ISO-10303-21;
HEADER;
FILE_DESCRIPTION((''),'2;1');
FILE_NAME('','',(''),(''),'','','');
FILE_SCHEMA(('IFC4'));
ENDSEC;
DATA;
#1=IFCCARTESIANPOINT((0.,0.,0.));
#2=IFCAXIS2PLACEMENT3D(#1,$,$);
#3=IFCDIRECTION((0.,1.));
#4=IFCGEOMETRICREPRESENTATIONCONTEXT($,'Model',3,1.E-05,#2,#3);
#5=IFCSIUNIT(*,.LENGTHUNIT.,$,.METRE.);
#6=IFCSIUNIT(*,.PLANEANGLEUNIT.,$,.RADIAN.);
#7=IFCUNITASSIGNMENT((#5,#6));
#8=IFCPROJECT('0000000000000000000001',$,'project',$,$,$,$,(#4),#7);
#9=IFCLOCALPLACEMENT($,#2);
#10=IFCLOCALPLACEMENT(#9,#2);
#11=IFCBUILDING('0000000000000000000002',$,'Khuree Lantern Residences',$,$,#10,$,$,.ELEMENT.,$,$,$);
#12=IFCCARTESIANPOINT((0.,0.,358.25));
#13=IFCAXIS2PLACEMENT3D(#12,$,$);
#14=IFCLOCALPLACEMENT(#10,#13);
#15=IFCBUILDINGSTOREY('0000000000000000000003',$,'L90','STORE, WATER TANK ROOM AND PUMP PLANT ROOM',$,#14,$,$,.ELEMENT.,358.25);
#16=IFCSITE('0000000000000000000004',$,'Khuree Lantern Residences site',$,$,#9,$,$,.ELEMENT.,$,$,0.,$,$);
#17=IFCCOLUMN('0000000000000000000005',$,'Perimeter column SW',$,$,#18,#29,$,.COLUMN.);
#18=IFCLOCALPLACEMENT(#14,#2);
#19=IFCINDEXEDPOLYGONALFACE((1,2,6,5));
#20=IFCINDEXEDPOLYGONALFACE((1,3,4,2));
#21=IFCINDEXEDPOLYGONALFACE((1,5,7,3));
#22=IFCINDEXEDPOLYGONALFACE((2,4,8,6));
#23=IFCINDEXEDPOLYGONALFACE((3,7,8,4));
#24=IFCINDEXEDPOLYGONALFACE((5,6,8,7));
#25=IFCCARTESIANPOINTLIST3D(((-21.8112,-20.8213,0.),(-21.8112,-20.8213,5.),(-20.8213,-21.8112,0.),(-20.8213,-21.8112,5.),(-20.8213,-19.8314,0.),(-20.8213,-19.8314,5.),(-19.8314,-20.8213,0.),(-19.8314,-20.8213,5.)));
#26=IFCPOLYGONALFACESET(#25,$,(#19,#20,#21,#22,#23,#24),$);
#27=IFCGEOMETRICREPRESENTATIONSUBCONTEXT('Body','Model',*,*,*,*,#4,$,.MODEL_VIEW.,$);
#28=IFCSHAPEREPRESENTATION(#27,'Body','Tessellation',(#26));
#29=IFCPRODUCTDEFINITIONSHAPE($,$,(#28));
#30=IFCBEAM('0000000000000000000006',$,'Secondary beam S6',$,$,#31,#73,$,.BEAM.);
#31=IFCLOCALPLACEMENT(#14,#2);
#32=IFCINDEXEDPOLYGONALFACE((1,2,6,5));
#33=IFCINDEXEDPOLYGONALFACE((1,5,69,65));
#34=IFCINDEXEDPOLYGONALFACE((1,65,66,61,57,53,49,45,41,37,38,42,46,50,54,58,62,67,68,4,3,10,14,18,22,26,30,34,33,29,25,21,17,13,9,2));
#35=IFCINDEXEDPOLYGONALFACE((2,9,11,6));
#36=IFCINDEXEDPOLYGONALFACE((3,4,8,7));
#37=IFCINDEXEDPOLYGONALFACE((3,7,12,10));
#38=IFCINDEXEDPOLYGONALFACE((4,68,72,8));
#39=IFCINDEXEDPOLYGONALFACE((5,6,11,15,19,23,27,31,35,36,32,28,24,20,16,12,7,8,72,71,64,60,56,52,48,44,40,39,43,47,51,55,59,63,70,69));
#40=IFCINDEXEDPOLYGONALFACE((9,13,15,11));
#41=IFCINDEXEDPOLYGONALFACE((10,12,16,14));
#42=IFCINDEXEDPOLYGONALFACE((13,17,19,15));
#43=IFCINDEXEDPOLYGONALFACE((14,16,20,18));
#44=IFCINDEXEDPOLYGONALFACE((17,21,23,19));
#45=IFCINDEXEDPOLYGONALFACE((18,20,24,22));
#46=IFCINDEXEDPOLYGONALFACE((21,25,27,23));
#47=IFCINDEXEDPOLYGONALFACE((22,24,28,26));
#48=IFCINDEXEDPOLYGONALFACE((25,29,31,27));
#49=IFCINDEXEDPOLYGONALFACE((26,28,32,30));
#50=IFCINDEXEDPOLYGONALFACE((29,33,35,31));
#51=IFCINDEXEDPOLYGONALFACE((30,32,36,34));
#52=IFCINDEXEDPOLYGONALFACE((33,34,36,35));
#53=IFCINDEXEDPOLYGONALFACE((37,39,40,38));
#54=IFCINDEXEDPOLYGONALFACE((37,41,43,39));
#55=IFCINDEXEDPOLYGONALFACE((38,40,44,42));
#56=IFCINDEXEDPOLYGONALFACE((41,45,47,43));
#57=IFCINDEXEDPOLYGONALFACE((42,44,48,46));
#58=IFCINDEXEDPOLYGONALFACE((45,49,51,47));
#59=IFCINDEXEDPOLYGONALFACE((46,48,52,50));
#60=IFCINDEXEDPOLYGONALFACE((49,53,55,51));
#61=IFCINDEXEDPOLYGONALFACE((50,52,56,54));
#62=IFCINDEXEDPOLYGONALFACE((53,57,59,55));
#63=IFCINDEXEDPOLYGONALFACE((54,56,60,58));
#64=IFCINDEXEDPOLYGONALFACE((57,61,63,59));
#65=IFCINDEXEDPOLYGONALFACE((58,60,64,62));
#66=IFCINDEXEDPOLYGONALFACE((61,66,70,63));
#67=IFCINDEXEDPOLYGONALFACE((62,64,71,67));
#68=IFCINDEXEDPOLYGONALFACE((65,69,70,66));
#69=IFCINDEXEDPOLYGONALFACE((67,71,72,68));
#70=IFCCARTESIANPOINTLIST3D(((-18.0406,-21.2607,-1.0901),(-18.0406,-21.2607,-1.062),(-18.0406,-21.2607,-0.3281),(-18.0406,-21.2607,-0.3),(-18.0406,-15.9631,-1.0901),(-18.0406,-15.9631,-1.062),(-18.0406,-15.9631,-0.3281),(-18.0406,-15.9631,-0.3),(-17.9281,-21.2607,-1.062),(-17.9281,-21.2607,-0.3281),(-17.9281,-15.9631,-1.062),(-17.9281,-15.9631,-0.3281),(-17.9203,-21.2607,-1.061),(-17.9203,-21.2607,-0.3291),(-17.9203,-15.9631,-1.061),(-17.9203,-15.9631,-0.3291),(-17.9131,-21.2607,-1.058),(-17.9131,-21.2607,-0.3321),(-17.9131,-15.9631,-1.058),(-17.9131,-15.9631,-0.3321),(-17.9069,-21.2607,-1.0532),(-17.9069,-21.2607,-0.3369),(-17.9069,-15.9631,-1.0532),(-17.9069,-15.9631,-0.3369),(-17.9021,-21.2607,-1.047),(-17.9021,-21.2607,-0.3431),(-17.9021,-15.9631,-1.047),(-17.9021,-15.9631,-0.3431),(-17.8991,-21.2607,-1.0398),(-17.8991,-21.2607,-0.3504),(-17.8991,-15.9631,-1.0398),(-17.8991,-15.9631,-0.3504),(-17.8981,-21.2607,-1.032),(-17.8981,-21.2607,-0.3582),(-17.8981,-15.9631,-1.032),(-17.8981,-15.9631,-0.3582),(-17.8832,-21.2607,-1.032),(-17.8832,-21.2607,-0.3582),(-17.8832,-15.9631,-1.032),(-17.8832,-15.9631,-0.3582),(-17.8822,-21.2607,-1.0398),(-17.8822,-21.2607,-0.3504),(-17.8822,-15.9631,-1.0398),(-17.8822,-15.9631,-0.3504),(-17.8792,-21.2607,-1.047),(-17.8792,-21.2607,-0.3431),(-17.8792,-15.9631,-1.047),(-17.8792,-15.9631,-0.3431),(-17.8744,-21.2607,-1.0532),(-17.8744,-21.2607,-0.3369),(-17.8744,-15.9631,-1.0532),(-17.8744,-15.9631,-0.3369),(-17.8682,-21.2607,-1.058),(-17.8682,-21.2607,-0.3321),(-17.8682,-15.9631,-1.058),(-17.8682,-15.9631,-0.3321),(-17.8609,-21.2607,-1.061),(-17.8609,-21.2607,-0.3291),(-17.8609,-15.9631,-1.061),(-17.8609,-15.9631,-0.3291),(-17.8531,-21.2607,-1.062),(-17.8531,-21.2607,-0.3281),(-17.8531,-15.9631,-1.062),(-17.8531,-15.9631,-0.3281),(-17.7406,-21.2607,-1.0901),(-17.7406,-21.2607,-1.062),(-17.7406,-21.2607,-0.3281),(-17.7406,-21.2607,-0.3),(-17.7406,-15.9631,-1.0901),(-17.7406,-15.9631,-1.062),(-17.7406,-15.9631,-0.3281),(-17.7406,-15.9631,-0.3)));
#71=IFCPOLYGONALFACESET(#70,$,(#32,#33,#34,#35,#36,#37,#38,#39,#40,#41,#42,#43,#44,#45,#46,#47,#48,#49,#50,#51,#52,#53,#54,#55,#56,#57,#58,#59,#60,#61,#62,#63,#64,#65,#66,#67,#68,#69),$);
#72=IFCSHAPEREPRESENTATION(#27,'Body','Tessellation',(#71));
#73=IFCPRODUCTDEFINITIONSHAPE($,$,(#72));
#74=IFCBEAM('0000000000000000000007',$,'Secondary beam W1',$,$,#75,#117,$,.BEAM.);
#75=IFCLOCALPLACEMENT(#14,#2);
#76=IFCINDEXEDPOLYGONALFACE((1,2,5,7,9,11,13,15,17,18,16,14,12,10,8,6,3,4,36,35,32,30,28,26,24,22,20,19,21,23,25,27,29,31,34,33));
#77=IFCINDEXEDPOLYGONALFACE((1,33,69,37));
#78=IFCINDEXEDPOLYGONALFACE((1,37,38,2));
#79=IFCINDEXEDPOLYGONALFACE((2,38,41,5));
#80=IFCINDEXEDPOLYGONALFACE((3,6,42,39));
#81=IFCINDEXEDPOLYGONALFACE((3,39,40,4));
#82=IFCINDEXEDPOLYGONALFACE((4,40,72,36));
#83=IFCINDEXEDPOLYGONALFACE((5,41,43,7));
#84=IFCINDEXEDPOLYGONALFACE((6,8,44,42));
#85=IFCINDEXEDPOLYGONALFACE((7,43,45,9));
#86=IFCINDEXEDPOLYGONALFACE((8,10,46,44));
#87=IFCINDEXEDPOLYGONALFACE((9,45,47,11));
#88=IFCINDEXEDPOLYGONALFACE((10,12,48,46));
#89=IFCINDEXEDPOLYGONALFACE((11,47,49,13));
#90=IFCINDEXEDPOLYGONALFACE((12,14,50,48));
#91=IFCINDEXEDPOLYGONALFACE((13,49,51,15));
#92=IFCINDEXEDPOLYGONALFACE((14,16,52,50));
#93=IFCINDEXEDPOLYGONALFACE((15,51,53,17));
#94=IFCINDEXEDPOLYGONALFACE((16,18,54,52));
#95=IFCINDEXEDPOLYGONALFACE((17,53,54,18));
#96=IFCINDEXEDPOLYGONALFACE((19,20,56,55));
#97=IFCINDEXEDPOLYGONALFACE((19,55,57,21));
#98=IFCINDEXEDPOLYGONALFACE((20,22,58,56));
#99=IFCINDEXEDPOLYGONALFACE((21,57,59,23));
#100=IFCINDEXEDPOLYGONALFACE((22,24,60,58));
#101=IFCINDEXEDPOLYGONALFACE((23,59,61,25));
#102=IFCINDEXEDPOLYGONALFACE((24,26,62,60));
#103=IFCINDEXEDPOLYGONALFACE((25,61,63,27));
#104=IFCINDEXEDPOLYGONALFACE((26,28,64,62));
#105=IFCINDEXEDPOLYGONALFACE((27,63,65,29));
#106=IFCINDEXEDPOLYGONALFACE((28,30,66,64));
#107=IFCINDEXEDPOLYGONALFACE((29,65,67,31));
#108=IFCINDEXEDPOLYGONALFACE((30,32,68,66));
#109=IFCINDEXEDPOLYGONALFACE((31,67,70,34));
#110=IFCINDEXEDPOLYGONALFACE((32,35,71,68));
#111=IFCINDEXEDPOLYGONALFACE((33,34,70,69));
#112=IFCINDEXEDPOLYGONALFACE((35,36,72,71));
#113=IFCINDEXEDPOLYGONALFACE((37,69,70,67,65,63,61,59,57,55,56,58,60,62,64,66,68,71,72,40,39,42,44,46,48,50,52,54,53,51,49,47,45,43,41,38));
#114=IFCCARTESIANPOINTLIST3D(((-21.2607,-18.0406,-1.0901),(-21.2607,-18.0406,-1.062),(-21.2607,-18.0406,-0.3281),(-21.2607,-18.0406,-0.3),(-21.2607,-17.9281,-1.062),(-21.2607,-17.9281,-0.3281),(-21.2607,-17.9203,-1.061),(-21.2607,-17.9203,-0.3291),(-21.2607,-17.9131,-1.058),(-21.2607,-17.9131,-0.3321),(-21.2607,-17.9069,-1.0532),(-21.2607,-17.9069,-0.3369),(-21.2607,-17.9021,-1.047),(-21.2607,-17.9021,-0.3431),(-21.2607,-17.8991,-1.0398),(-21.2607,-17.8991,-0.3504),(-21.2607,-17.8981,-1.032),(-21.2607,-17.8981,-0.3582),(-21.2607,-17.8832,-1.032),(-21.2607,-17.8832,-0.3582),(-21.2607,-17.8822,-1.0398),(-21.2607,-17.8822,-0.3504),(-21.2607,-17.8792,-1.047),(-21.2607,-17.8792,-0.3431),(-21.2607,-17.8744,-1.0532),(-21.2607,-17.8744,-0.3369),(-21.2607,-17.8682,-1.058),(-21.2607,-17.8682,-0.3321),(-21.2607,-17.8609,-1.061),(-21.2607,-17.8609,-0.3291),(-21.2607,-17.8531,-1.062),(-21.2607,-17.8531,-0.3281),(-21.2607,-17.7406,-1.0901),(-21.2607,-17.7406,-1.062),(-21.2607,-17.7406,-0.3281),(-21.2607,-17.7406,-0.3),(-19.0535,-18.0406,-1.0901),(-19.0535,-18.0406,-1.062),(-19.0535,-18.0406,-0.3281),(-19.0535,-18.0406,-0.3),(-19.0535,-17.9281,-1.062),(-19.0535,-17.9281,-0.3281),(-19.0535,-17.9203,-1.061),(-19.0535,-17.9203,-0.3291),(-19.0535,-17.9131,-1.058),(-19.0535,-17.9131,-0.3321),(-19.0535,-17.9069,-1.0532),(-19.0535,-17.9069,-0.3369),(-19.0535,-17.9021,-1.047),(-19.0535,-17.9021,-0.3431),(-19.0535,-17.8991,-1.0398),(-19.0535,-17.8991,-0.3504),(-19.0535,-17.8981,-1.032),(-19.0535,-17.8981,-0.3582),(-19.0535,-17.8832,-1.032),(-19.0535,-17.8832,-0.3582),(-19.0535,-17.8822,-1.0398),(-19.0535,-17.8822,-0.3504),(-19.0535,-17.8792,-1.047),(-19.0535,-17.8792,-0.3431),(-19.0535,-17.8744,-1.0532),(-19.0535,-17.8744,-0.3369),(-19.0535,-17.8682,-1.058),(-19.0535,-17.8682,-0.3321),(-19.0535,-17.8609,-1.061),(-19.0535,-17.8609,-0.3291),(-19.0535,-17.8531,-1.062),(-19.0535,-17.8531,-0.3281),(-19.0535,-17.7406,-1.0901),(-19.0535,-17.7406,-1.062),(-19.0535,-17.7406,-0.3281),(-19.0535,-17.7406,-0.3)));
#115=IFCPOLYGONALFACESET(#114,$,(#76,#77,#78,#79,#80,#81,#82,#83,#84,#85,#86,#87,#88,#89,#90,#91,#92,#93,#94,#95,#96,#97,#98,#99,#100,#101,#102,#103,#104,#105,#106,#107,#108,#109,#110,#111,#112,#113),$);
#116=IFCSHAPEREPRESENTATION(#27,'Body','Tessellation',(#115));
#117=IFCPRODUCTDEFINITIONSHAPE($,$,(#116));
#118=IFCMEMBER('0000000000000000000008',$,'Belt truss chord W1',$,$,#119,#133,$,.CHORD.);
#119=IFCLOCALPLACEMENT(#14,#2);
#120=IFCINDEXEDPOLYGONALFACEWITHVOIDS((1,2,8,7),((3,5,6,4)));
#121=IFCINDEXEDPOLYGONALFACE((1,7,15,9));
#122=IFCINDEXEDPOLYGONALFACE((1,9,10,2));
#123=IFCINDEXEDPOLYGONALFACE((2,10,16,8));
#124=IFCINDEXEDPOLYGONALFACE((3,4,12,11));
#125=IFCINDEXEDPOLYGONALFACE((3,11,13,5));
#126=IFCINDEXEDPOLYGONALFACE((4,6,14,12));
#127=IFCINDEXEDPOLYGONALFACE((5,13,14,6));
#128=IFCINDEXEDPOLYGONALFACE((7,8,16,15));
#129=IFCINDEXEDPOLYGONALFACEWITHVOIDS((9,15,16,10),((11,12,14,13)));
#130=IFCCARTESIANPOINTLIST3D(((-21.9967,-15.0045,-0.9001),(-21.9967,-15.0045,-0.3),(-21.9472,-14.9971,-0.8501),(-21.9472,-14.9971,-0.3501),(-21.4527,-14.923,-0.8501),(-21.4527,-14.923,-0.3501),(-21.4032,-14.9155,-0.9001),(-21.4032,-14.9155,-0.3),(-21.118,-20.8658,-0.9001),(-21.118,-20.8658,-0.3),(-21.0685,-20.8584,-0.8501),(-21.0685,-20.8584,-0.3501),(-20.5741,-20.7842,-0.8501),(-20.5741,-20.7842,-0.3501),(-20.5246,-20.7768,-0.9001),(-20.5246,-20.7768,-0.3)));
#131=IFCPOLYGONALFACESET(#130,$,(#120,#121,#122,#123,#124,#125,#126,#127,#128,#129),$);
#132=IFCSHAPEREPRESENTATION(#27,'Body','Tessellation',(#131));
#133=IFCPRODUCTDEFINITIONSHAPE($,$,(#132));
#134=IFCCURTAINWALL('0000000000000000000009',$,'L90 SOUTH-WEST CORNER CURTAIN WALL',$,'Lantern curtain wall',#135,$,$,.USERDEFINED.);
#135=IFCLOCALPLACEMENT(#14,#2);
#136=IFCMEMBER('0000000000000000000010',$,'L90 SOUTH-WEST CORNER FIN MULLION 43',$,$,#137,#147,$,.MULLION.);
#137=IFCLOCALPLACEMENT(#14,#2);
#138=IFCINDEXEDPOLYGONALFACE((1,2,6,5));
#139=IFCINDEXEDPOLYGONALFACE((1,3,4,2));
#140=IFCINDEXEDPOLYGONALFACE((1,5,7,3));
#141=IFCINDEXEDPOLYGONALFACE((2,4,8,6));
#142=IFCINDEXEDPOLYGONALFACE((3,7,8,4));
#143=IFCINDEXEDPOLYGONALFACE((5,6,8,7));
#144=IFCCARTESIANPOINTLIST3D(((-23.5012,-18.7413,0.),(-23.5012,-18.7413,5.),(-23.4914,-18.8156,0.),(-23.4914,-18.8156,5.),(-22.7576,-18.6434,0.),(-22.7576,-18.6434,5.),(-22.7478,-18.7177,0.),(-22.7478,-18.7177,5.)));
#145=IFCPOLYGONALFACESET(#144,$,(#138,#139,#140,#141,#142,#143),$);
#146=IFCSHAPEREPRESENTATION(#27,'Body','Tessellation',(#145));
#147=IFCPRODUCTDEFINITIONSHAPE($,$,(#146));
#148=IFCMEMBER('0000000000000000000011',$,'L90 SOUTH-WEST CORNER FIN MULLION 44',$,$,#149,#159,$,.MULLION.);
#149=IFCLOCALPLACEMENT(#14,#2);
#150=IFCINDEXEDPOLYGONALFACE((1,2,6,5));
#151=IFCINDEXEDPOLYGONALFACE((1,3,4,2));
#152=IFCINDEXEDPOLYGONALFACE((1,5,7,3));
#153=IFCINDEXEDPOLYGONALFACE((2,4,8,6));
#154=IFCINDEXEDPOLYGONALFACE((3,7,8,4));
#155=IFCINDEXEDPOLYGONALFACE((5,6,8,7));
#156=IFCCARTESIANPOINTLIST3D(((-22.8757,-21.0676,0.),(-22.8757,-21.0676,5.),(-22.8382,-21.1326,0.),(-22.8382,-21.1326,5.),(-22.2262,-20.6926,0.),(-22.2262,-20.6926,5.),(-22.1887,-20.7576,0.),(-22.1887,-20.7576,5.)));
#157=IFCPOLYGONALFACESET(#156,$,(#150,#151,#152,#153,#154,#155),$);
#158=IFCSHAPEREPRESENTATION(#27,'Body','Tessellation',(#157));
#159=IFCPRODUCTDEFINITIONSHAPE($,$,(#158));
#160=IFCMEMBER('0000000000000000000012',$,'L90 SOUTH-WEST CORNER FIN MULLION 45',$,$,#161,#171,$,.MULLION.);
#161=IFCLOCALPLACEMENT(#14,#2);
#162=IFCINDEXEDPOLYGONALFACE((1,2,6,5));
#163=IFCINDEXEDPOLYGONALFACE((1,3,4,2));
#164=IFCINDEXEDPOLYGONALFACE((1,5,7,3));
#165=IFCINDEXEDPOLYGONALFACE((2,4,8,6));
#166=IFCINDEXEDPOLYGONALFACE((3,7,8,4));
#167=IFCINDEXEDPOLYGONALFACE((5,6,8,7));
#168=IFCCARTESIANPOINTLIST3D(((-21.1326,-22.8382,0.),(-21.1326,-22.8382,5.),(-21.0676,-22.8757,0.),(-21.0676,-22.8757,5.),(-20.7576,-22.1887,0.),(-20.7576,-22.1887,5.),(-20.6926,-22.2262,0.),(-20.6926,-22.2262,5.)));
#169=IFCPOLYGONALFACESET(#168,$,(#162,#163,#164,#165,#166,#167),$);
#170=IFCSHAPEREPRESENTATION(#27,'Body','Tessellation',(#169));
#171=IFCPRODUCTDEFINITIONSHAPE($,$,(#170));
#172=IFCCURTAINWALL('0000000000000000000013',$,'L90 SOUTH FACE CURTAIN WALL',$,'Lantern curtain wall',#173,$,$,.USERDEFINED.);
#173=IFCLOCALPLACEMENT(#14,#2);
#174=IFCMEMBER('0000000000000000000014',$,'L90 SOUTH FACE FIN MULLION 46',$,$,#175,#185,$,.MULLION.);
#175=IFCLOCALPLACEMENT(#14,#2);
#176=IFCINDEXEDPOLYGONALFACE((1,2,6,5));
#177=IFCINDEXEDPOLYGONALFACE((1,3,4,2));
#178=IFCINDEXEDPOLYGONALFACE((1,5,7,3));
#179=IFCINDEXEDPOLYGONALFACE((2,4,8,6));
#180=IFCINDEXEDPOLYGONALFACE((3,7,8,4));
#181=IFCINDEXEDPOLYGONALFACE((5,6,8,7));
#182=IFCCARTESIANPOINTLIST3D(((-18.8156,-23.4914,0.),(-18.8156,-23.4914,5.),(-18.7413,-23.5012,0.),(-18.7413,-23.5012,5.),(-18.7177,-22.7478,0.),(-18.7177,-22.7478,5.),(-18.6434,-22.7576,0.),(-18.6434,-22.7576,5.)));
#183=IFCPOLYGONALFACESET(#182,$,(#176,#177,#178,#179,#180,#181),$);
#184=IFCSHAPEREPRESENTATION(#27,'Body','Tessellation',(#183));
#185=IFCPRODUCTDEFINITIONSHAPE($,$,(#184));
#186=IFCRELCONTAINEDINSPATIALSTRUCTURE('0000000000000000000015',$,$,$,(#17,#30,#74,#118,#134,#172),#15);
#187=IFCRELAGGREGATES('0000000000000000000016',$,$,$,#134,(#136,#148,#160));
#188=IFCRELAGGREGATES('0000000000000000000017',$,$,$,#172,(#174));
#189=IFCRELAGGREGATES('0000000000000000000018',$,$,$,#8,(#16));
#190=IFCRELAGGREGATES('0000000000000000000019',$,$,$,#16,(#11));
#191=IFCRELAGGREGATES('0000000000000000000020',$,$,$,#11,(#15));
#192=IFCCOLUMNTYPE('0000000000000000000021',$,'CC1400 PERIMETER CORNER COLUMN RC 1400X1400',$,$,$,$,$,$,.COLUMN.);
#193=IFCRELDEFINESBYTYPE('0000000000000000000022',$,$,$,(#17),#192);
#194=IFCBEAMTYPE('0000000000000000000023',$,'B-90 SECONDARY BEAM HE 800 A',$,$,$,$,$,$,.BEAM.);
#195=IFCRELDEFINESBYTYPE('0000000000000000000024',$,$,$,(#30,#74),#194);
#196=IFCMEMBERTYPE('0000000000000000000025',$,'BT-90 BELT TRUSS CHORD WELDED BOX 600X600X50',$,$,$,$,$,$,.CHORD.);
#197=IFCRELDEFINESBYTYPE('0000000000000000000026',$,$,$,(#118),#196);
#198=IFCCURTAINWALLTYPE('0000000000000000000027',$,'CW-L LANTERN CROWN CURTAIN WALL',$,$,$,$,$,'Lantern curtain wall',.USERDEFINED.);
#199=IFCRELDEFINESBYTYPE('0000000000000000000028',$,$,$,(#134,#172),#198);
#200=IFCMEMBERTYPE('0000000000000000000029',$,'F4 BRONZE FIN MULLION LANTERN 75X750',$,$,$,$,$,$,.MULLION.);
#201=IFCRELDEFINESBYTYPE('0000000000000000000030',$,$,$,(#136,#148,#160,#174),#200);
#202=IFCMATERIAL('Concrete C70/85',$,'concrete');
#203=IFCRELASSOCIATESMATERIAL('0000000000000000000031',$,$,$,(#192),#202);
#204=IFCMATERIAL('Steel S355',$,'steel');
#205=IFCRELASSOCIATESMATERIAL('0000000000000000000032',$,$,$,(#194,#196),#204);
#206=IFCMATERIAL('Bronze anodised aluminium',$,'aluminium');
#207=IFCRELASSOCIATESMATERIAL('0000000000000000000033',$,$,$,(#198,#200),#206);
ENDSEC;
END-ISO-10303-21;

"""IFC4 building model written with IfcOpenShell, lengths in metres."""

from ifc_helpers import new_model, si_unit, direction, frame, origin, origin_2d, place, context, subcontext, project, spatial, rectangle, hollow_rectangle, i_section, extrude, material, material_profile, profile_set, type_object, element, aggregate, save


model = new_model("IFC4")

# Units and contexts
model_context = context("Model", 3, precision=1e-05, world=origin(), true_north=direction((0.0, 1.0)))
body_context = subcontext(model_context, "Body", "Model", "MODEL_VIEW")
ifc_project = project(units=[si_unit("LENGTHUNIT", "METRE"), si_unit("PLANEANGLEUNIT", "RADIAN")], contexts=[model_context])

# Site, building, storey
site_placement = place(None, origin())
site = spatial("IfcSite", under=ifc_project, at=site_placement, Name="Khuree Lantern Residences site", CompositionType="ELEMENT", RefElevation=0.0)
building_placement = place(site_placement, origin())
building = spatial("IfcBuilding", under=site, at=building_placement, Name="Khuree Lantern Residences", CompositionType="ELEMENT")
storey_placement = place(building_placement, frame((0.0, 0.0, 358.25)))
storey = spatial("IfcBuildingStorey", under=building, at=storey_placement, Name="L90", Description="STORE, WATER TANK ROOM AND PUMP PLANT ROOM", CompositionType="ELEMENT", Elevation=358.25)

# Column
ifc_material_1 = material(Name="Concrete C70/85", Category="concrete")
ifc_material_profile_1 = material_profile(ifc_material_1, rectangle(XDim=1.3999, YDim=1.3999, at=origin_2d()), Name="RC 1400X1400")
ifc_profile_set_1 = profile_set([ifc_material_profile_1], Name="Concrete C70/85")
column_type = type_object("IfcColumnType", Name="CC1400 PERIMETER CORNER COLUMN RC 1400X1400", PredefinedType="COLUMN", material=ifc_profile_set_1)
column_placement = place(storey_placement, frame((-20.8213, -20.8213, 0.0), z_axis=(0.0, 0.0, 1.0), x_axis=(0.707107, -0.707107, 0.0)))
element("IfcColumn", 1, at=column_placement, inside=storey, type_object=column_type, Name="Perimeter column SW", PredefinedType="COLUMN", context=body_context, shape_type="SweptSolid", body=[
    extrude(rectangle(XDim=1.3999, YDim=1.3999, at=origin_2d()), origin(), (0.0, 0.0, 1.0), 5.0),
])

# Beams
ifc_material_2 = material(Name="Steel S355", Category="steel")
ifc_material_profile_2 = material_profile(ifc_material_2, i_section(OverallWidth=0.3, OverallDepth=0.79, WebThickness=0.0149, FlangeThickness=0.0281, FilletRadius=0.03, at=origin_2d()), Name="HE 800 A")
ifc_profile_set_2 = profile_set([ifc_material_profile_2], Name="Steel S355")
beam_type = type_object("IfcBeamType", Name="B-90 SECONDARY BEAM HE 800 A", PredefinedType="BEAM", material=ifc_profile_set_2)
beam_1_placement = place(storey_placement, frame((-17.8906, -21.2607, -0.6951), z_axis=(0.0, 1.0, 0.0), x_axis=(-1.0, 0.0, 0.0)))
element("IfcBeam", 2, at=beam_1_placement, inside=storey, type_object=beam_type, Name="Secondary beam S6", PredefinedType="BEAM", context=body_context, shape_type="SweptSolid", body=[
    extrude(i_section(OverallWidth=0.3, OverallDepth=0.79, WebThickness=0.0149, FlangeThickness=0.0281, FilletRadius=0.03, at=origin_2d()), origin(), (0.0, 0.0, 1.0), 5.2976),
])
beam_2_placement = place(storey_placement, frame((-21.2607, -17.8906, -0.6951), z_axis=(1.0, 0.0, 0.0), x_axis=(0.0, 1.0, 0.0)))
element("IfcBeam", 3, at=beam_2_placement, inside=storey, type_object=beam_type, Name="Secondary beam W1", PredefinedType="BEAM", context=body_context, shape_type="SweptSolid", body=[
    extrude(i_section(OverallWidth=0.3, OverallDepth=0.79, WebThickness=0.0149, FlangeThickness=0.0281, FilletRadius=0.03, at=origin_2d()), origin(), (0.0, 0.0, 1.0), 2.2073),
])

# Member
ifc_material_profile_3 = material_profile(ifc_material_2, hollow_rectangle(XDim=0.6001, YDim=0.6001, WallThickness=0.05, at=origin_2d()), Name="WELDED BOX 600X600X50")
ifc_profile_set_3 = profile_set([ifc_material_profile_3], Name="Steel S355")
member_type_1 = type_object("IfcMemberType", Name="BT-90 BELT TRUSS CHORD WELDED BOX 600X600X50", PredefinedType="CHORD", material=ifc_profile_set_3)
member_1_placement = place(storey_placement, frame((-20.8213, -20.8213, -0.6001), z_axis=(-0.148252, 0.98895, 0.0), x_axis=(-0.98895, -0.148252, 0.0)))
element("IfcMember", 4, at=member_1_placement, inside=storey, type_object=member_type_1, Name="Belt truss chord W1", PredefinedType="CHORD", context=body_context, shape_type="SweptSolid", body=[
    extrude(hollow_rectangle(XDim=0.6001, YDim=0.6001, WallThickness=0.05, at=origin_2d()), origin(), (0.0, 0.0, 1.0), 5.9268),
])

# Curtain wall, members
ifc_material_3 = material(Name="Bronze anodised aluminium", Category="aluminium")
curtain_wall_type = type_object("IfcCurtainWallType", Name="CW-L LANTERN CROWN CURTAIN WALL", ElementType="Lantern curtain wall", PredefinedType="USERDEFINED", material=ifc_material_3)
curtain_wall_1_placement = place(storey_placement, origin())
curtain_wall_1 = element("IfcCurtainWall", 5, at=curtain_wall_1_placement, inside=storey, type_object=curtain_wall_type, Name="L90 SOUTH-WEST CORNER CURTAIN WALL", ObjectType="Lantern curtain wall", PredefinedType="USERDEFINED")
ifc_material_profile_4 = material_profile(ifc_material_3, rectangle(XDim=0.075, YDim=0.75, at=origin_2d()), Name="F4 75X750")
ifc_profile_set_4 = profile_set([ifc_material_profile_4], Name="Bronze anodised aluminium")
member_type_2 = type_object("IfcMemberType", Name="F4 BRONZE FIN MULLION LANTERN 75X750", PredefinedType="MULLION", material=ifc_profile_set_4)
member_2_placement = place(storey_placement, frame((-23.1245, -18.7295, 0.0), z_axis=(0.0, 0.0, 1.0), x_axis=(0.130526, -0.991445, 0.0)))
member_2 = element("IfcMember", 6, at=member_2_placement, type_object=member_type_2, Name="L90 SOUTH-WEST CORNER FIN MULLION 43", PredefinedType="MULLION", context=body_context, shape_type="SweptSolid", body=[
    extrude(rectangle(XDim=0.075, YDim=0.75, at=origin_2d()), origin(), (0.0, 0.0, 1.0), 5.0),
])
member_3_placement = place(storey_placement, frame((-22.5322, -20.9126, 0.0), z_axis=(0.0, 0.0, 1.0), x_axis=(0.5, -0.866025, 0.0)))
member_3 = element("IfcMember", 7, at=member_3_placement, type_object=member_type_2, Name="L90 SOUTH-WEST CORNER FIN MULLION 44", PredefinedType="MULLION", context=body_context, shape_type="SweptSolid", body=[
    extrude(rectangle(XDim=0.075, YDim=0.75, at=origin_2d()), origin(), (0.0, 0.0, 1.0), 5.0),
])
member_4_placement = place(storey_placement, frame((-20.9126, -22.5322, 0.0), z_axis=(0.0, 0.0, 1.0), x_axis=(0.866025, -0.5, 0.0)))
member_4 = element("IfcMember", 8, at=member_4_placement, type_object=member_type_2, Name="L90 SOUTH-WEST CORNER FIN MULLION 45", PredefinedType="MULLION", context=body_context, shape_type="SweptSolid", body=[
    extrude(rectangle(XDim=0.075, YDim=0.75, at=origin_2d()), origin(), (0.0, 0.0, 1.0), 5.0),
])

# Curtain wall, member
curtain_wall_2_placement = place(storey_placement, origin())
curtain_wall_2 = element("IfcCurtainWall", 9, at=curtain_wall_2_placement, inside=storey, type_object=curtain_wall_type, Name="L90 SOUTH FACE CURTAIN WALL", ObjectType="Lantern curtain wall", PredefinedType="USERDEFINED")
member_5_placement = place(storey_placement, frame((-18.7295, -23.1245, 0.0), z_axis=(0.0, 0.0, 1.0), x_axis=(0.991445, -0.130526, 0.0)))
member_5 = element("IfcMember", 10, at=member_5_placement, type_object=member_type_2, Name="L90 SOUTH FACE FIN MULLION 46", PredefinedType="MULLION", context=body_context, shape_type="SweptSolid", body=[
    extrude(rectangle(XDim=0.075, YDim=0.75, at=origin_2d()), origin(), (0.0, 0.0, 1.0), 5.0),
])

aggregate(curtain_wall_1, [member_2, member_3, member_4])
aggregate(curtain_wall_2, [member_5])

save(model, "model.ifc")
